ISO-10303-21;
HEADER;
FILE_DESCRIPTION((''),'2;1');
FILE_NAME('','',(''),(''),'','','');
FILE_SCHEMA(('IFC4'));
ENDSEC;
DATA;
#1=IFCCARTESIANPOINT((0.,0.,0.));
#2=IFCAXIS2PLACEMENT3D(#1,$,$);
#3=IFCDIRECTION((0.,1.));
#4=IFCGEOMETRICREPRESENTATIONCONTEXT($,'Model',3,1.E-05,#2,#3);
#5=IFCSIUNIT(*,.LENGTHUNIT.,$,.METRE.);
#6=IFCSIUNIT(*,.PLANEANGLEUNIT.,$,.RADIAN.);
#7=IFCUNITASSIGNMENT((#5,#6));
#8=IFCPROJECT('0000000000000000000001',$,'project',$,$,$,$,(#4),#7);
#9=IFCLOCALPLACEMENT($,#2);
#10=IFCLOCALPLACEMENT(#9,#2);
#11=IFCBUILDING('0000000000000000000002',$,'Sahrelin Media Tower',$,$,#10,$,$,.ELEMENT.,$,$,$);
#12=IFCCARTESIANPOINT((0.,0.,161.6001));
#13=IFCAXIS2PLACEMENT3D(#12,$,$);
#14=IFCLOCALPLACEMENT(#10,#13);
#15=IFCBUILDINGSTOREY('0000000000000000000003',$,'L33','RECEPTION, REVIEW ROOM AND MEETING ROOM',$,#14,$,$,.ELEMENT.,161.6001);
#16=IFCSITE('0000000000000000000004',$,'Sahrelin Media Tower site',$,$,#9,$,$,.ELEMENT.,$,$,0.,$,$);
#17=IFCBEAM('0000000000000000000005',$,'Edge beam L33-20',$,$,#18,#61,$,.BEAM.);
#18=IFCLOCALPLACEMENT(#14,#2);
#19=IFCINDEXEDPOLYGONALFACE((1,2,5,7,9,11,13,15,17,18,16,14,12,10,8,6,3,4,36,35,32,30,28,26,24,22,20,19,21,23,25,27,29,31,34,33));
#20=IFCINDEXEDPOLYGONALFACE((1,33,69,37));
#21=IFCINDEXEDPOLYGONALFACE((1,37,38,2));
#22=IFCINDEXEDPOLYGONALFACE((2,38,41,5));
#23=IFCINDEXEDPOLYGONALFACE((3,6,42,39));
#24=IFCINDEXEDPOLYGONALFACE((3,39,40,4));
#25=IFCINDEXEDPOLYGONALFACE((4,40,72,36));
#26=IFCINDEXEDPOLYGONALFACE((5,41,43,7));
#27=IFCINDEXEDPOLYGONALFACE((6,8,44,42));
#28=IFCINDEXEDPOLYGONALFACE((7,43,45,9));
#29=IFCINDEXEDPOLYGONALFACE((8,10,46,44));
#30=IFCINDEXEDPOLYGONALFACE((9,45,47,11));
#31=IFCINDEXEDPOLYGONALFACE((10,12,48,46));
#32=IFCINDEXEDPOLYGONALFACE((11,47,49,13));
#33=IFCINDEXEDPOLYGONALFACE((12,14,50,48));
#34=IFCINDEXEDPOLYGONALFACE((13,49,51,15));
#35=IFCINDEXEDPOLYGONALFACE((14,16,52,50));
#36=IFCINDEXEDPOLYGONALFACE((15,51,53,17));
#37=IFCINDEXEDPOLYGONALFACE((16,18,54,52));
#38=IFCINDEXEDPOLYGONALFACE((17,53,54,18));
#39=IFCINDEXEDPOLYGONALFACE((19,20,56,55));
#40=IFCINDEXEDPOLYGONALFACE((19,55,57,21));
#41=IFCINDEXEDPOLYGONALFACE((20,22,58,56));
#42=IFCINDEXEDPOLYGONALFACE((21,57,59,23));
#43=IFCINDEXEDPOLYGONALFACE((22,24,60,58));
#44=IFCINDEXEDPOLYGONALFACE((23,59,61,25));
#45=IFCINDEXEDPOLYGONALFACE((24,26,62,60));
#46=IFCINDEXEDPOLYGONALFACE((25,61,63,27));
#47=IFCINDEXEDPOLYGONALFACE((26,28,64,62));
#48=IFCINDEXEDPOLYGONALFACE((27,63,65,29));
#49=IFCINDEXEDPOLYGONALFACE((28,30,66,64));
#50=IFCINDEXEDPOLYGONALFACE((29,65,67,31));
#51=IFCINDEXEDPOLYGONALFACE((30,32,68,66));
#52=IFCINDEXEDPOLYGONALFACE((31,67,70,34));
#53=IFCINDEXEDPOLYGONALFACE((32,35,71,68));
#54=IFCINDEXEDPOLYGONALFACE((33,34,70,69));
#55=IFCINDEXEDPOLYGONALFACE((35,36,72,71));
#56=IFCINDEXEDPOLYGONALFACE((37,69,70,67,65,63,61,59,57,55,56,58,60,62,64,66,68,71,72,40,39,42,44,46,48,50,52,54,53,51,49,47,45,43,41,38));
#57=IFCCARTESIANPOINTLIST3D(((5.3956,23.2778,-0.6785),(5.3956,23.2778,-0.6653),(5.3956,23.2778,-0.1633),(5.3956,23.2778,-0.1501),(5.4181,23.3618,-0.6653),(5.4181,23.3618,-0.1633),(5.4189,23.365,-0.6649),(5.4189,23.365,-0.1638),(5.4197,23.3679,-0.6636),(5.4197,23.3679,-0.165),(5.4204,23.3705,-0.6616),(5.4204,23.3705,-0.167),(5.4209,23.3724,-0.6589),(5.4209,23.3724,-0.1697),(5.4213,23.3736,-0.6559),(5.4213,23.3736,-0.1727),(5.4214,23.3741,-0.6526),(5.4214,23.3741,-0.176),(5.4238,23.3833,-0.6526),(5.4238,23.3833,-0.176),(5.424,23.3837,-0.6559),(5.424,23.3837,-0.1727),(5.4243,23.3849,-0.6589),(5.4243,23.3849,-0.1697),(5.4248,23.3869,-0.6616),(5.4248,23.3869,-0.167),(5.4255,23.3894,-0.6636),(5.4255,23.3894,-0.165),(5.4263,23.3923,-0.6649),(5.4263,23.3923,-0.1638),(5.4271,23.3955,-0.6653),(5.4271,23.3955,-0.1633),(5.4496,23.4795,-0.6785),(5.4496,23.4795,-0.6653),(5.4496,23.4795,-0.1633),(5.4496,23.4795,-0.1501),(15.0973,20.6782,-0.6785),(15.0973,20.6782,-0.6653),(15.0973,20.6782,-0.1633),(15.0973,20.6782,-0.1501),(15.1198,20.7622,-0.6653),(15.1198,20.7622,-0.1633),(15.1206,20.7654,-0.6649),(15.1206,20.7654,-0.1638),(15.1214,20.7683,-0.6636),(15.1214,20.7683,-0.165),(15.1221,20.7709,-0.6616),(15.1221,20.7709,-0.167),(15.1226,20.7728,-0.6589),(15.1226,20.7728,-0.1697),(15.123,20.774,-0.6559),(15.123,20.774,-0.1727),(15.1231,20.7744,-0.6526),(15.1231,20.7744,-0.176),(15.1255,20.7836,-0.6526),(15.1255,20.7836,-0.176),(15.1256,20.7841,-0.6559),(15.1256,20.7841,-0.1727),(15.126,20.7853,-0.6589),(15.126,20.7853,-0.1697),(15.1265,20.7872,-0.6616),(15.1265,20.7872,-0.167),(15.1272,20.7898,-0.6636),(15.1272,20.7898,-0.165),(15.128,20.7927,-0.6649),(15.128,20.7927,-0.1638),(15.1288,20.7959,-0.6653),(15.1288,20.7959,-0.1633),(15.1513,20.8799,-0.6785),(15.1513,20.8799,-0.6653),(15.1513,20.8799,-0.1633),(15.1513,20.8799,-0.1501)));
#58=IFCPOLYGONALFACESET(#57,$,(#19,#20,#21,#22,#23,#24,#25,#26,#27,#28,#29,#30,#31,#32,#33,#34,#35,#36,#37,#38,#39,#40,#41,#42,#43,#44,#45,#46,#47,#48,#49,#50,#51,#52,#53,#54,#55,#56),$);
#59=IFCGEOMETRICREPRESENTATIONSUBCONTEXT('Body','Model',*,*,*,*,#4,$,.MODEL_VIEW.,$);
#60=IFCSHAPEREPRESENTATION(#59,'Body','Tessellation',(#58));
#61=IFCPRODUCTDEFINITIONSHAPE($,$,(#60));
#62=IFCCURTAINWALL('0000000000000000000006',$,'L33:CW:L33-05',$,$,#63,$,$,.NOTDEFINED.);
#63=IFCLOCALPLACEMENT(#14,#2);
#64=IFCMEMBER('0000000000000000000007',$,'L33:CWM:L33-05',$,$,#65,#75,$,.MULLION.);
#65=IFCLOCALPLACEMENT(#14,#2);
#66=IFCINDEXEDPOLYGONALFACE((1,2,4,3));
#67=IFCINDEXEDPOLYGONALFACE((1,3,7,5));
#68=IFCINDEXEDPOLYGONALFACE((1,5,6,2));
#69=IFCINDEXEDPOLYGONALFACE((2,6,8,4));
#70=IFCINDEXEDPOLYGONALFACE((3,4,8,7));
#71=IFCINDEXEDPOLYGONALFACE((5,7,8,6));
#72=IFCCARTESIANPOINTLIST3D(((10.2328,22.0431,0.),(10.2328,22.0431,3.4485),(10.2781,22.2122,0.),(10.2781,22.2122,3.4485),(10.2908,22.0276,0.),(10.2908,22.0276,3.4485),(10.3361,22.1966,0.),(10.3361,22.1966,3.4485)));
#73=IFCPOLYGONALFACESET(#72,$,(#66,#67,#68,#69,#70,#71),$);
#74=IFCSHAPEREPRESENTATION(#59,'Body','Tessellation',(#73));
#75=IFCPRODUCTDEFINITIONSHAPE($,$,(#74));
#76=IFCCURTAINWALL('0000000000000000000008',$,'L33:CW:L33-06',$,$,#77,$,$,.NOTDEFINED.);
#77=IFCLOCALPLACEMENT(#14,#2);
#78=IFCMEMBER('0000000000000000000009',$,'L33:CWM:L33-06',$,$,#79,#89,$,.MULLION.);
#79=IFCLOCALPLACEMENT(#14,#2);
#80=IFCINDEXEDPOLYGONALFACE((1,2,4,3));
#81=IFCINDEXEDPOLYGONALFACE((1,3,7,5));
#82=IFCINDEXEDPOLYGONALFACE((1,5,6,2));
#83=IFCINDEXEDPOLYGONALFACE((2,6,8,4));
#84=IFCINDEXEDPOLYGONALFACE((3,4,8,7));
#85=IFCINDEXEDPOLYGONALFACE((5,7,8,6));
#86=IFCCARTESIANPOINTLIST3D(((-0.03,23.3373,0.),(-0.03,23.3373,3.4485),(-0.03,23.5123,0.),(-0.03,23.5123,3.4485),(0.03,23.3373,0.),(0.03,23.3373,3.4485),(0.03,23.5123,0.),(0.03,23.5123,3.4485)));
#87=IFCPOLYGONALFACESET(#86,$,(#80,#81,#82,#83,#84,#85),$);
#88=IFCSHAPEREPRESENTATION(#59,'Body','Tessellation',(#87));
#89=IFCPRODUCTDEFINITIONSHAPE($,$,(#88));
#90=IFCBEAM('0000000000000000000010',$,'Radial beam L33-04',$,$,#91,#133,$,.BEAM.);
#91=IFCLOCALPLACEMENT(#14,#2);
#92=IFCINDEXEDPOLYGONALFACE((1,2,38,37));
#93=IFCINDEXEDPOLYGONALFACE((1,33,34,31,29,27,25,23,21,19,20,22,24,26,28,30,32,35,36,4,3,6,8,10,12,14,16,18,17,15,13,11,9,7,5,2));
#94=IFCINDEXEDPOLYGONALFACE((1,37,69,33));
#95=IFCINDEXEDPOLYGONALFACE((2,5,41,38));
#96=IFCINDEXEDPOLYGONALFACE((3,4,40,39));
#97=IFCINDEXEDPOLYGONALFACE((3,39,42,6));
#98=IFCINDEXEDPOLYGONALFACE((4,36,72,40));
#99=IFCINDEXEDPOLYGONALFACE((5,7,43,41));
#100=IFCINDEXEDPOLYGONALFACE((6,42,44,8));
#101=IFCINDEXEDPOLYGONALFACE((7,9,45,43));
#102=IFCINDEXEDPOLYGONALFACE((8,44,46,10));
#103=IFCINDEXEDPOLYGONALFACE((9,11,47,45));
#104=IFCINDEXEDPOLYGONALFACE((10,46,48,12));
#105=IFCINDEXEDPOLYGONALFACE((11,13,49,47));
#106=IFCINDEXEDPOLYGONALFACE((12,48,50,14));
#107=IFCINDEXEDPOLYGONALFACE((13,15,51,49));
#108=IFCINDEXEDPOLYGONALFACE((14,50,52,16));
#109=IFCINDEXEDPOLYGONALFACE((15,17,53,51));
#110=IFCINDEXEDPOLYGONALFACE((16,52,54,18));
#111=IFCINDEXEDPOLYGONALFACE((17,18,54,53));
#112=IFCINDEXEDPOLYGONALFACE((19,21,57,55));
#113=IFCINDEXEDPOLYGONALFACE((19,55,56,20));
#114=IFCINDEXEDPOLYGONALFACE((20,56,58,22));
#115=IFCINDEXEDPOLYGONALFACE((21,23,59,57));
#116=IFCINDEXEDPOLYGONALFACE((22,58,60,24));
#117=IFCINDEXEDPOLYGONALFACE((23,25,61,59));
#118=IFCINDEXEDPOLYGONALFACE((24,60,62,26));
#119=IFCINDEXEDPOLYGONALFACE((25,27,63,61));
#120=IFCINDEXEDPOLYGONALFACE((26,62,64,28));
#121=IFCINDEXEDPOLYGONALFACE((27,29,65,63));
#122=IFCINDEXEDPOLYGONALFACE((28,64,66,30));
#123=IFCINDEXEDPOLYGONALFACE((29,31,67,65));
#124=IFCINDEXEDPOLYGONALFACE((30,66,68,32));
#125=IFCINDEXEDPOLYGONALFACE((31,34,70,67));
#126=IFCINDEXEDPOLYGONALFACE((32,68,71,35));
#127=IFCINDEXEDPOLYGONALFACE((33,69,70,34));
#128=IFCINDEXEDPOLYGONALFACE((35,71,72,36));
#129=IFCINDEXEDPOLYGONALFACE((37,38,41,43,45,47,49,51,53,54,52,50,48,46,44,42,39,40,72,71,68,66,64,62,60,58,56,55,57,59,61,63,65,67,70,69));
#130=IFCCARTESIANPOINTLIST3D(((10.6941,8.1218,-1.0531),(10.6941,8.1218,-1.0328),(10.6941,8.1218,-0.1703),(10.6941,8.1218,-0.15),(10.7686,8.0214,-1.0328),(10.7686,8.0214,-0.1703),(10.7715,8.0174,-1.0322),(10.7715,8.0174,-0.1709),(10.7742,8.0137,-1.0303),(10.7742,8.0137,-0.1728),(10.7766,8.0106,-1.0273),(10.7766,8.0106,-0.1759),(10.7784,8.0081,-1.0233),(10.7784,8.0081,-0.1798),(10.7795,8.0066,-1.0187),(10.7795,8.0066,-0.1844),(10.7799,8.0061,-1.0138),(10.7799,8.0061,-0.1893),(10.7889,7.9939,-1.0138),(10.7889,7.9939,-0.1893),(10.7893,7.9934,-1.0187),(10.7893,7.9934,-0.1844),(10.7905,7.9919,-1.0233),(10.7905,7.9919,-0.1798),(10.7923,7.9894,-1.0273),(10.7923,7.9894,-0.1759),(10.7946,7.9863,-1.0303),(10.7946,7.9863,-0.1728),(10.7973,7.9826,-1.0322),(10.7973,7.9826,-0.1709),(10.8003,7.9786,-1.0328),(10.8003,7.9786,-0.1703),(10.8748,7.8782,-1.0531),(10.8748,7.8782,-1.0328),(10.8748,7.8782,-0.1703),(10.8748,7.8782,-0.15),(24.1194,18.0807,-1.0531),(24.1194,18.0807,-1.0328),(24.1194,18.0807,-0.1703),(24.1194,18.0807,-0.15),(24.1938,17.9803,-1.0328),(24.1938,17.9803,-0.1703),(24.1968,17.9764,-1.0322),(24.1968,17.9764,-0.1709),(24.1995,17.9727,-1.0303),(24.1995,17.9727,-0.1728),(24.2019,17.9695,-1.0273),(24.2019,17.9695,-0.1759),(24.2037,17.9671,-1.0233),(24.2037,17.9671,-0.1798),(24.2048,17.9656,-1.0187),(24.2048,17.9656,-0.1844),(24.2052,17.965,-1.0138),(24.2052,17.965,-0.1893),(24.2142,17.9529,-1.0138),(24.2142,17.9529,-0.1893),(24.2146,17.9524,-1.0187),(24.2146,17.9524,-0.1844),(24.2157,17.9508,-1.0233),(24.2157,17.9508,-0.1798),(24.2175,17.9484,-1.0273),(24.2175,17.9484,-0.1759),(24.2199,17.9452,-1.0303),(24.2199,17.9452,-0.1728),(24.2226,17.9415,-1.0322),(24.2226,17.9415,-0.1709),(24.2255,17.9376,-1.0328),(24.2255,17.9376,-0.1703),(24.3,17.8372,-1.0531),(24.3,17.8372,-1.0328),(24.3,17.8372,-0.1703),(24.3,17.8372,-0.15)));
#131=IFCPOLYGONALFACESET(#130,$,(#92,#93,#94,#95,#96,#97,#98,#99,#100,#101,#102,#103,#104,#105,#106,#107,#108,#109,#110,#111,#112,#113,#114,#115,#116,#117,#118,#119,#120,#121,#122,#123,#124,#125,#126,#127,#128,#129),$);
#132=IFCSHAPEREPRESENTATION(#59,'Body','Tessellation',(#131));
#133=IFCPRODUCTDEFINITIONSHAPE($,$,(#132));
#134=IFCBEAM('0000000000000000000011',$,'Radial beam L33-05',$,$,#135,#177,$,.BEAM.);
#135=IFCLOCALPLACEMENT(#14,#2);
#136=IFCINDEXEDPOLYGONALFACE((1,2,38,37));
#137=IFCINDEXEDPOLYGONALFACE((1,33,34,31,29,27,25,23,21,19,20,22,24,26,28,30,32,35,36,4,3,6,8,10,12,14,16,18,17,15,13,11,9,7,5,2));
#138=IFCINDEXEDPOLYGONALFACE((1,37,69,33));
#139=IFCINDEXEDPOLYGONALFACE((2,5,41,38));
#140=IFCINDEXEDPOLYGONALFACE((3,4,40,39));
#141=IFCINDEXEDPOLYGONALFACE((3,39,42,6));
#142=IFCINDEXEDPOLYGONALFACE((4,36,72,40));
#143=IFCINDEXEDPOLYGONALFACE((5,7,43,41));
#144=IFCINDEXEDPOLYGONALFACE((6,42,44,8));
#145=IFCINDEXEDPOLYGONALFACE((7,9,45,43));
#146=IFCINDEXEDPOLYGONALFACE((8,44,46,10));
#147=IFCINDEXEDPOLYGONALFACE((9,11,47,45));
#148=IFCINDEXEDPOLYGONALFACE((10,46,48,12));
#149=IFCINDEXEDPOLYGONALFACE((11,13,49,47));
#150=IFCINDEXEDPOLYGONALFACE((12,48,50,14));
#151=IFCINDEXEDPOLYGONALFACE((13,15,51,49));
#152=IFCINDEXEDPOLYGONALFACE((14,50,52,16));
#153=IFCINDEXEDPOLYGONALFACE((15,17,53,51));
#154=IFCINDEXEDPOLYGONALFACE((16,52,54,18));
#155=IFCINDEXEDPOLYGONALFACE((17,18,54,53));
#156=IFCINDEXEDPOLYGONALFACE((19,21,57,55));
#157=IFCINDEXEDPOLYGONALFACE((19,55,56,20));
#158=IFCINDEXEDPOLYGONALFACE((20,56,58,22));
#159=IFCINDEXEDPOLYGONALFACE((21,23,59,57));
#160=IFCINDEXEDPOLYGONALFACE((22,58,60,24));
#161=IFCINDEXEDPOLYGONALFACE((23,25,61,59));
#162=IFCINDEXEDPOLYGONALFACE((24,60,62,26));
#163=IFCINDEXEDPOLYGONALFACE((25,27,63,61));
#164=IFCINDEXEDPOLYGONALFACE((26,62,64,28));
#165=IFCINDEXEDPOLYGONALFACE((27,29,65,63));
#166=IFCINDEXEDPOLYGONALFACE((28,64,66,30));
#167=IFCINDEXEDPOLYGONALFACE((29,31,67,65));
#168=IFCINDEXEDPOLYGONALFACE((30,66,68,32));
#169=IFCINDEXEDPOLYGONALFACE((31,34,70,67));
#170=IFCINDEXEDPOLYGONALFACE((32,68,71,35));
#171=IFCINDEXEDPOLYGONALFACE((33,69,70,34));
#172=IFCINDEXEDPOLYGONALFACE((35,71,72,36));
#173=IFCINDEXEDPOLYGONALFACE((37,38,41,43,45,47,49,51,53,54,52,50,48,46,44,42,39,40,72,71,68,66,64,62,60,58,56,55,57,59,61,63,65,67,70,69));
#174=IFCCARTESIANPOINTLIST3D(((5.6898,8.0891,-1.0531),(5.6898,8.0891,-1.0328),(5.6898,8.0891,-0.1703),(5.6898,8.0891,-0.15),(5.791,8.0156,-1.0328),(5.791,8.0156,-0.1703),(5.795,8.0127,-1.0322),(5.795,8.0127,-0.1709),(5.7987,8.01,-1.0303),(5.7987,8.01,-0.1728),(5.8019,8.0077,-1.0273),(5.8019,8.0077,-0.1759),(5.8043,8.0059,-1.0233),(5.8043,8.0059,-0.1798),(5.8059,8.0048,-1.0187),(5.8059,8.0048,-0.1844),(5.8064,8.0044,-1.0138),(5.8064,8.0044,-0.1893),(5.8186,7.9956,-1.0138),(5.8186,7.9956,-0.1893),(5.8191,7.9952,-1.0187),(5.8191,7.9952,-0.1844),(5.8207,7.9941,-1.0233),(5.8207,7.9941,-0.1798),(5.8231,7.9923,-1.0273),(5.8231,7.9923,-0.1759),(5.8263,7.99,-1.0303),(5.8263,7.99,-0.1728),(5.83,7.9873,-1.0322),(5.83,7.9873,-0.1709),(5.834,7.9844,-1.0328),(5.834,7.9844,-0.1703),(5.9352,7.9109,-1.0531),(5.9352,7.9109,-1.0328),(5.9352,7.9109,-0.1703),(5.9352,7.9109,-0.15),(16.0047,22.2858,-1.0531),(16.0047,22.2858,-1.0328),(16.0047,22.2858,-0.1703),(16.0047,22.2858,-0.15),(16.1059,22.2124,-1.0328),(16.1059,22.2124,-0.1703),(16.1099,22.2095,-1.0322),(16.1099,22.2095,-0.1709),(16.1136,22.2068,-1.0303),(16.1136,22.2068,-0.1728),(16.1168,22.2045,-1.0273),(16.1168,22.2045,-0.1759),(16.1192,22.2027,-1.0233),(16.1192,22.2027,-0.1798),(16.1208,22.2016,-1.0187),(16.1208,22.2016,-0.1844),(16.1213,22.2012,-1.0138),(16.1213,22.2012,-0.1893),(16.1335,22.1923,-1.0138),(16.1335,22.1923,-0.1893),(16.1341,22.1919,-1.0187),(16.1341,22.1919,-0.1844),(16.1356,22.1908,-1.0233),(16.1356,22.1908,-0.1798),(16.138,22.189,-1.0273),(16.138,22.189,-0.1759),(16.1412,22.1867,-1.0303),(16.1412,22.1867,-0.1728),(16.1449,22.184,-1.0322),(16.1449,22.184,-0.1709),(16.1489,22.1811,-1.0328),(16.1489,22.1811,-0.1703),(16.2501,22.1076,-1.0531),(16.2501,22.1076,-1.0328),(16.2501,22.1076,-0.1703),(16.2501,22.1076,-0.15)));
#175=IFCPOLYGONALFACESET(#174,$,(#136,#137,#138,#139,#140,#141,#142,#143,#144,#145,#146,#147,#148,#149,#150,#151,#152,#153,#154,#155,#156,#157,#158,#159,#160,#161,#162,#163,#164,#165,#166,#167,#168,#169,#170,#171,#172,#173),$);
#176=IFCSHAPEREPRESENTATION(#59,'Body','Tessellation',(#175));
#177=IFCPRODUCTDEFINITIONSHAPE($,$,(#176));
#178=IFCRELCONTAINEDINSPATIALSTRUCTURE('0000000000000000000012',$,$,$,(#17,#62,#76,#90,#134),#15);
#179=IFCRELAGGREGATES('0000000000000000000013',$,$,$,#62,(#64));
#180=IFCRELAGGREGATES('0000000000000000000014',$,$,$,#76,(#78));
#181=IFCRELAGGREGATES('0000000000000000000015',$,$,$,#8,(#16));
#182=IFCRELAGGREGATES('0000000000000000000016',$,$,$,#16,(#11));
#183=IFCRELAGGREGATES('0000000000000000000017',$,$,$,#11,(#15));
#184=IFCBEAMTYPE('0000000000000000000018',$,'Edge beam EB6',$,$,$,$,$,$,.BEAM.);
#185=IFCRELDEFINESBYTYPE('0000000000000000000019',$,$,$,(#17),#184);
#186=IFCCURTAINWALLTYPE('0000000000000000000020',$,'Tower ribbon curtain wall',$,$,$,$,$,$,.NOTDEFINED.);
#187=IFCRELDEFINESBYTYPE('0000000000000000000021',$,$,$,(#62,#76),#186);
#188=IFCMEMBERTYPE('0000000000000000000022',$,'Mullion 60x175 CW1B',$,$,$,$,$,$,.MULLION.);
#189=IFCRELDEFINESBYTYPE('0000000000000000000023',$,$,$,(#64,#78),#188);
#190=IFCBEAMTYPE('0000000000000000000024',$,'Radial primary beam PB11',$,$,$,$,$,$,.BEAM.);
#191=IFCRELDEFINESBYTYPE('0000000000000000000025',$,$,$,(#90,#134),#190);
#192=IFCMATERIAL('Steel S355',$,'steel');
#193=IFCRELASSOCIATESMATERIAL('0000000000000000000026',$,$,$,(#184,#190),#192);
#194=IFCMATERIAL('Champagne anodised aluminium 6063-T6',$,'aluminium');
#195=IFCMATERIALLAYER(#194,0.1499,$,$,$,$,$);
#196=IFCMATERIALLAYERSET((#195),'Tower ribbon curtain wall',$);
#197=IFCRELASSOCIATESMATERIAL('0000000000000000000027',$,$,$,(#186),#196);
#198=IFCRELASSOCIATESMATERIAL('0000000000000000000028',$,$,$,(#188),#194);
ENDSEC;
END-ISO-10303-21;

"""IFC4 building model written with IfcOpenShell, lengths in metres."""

from ifc_helpers import new_model, si_unit, direction, frame, origin, origin_2d, place, context, subcontext, project, spatial, rectangle, i_section, extrude, material, layer, layer_set, material_profile, profile_set, type_object, element, aggregate, save


model = new_model("IFC4")

# Units and contexts
model_context = context("Model", 3, precision=1e-05, world=origin(), true_north=direction((0.0, 1.0)))
body_context = subcontext(model_context, "Body", "Model", "MODEL_VIEW")
ifc_project = project(units=[si_unit("LENGTHUNIT", "METRE"), si_unit("PLANEANGLEUNIT", "RADIAN")], contexts=[model_context])

# Site, building, storey
site_placement = place(None, origin())
site = spatial("IfcSite", under=ifc_project, at=site_placement, Name="Sahrelin Media Tower site", CompositionType="ELEMENT", RefElevation=0.0)
building_placement = place(site_placement, origin())
building = spatial("IfcBuilding", under=site, at=building_placement, Name="Sahrelin Media Tower", CompositionType="ELEMENT")
storey_placement = place(building_placement, frame((0.0, 0.0, 161.6001)))
storey = spatial("IfcBuildingStorey", under=building, at=storey_placement, Name="L33", Description="RECEPTION, REVIEW ROOM AND MEETING ROOM", CompositionType="ELEMENT", Elevation=161.6001)

# Beam
ifc_material_1 = material(Name="Steel S355", Category="steel")
ifc_material_profile_1 = material_profile(ifc_material_1, i_section(OverallWidth=0.2087, OverallDepth=0.5283, WebThickness=0.0095, FlangeThickness=0.0132, FilletRadius=0.0127, at=origin_2d()), Name="UB 533x210x82")
ifc_profile_set_1 = profile_set([ifc_material_profile_1], Name="Steel S355")
beam_type_1 = type_object("IfcBeamType", Name="Edge beam EB6", PredefinedType="BEAM", material=ifc_profile_set_1)
beam_1_placement = place(storey_placement, frame((5.4226, 23.3787, -0.4143), z_axis=(0.965924, -0.258824, 0.0), x_axis=(0.258824, 0.965924, 0.0)))
element("IfcBeam", 1, at=beam_1_placement, inside=storey, type_object=beam_type_1, Name="Edge beam L33-20", PredefinedType="BEAM", context=body_context, shape_type="SweptSolid", body=[
    extrude(i_section(OverallWidth=0.2087, OverallDepth=0.5283, WebThickness=0.0095, FlangeThickness=0.0132, FilletRadius=0.0127, at=origin_2d()), origin(), (0.0, 0.0, 1.0), 10.0439),
])

# Curtain walls, members
ifc_material_2 = material(Name="Champagne anodised aluminium 6063-T6", Category="aluminium")
ifc_layer_1 = layer(ifc_material_2, 0.1499)
ifc_layer_set_1 = layer_set([ifc_layer_1], Name="Tower ribbon curtain wall")
curtain_wall_type = type_object("IfcCurtainWallType", Name="Tower ribbon curtain wall", PredefinedType="NOTDEFINED", material=ifc_layer_set_1)
curtain_wall_1_placement = place(storey_placement, frame((10.3123, 22.2236, 0.0), z_axis=(0.0, 0.0, 1.0), x_axis=(1.0, 0.0, 0.0)))
curtain_wall_1 = element("IfcCurtainWall", 2, at=curtain_wall_1_placement, inside=storey, type_object=curtain_wall_type, Name="L33:CW:L33-05", PredefinedType="NOTDEFINED")
ifc_material_profile_2 = material_profile(ifc_material_2, rectangle(XDim=0.0601, YDim=0.175, at=origin_2d()), Name="Mullion 60x175")
ifc_profile_set_2 = profile_set([ifc_material_profile_2], Name="Champagne anodised aluminium 6063-T6")
member_type_1 = type_object("IfcMemberType", Name="Mullion 60x175 CW1B", PredefinedType="MULLION", material=ifc_profile_set_2)
member_1_placement = place(storey_placement, frame((10.2844, 22.1199, 0.0), z_axis=(0.0, 0.0, 1.0), x_axis=(-0.965927, 0.258816, 0.0)))
member_1 = element("IfcMember", 3, at=member_1_placement, type_object=member_type_1, Name="L33:CWM:L33-05", PredefinedType="MULLION", context=body_context, shape_type="SweptSolid", body=[
    extrude(rectangle(XDim=0.0601, YDim=0.175, at=origin_2d()), origin(), (0.0, 0.0, 1.0), 3.4485),
])
aggregate(curtain_wall_1, [member_1])
placement_1 = place(storey_placement, frame((0.0, 23.5325, 0.0), z_axis=(0.0, 0.0, 1.0), x_axis=(1.0, 0.0, 0.0)))
curtain_wall_2 = element("IfcCurtainWall", 4, at=placement_1, inside=storey, type_object=curtain_wall_type, Name="L33:CW:L33-06", PredefinedType="NOTDEFINED")
member_2_placement = place(storey_placement, frame((0.0, 23.4248, 0.0), z_axis=(0.0, 0.0, 1.0), x_axis=(-1.0, 0.0, 0.0)))
member_2 = element("IfcMember", 5, at=member_2_placement, type_object=member_type_1, Name="L33:CWM:L33-06", PredefinedType="MULLION", context=body_context, shape_type="SweptSolid", body=[
    extrude(rectangle(XDim=0.0601, YDim=0.175, at=origin_2d()), origin(), (0.0, 0.0, 1.0), 3.4485),
])

# Beams
ifc_material_profile_3 = material_profile(ifc_material_1, i_section(OverallWidth=0.3032, OverallDepth=0.9031, WebThickness=0.0151, FlangeThickness=0.0203, FilletRadius=0.019, at=origin_2d()), Name="UB 914x305x201")
ifc_profile_set_3 = profile_set([ifc_material_profile_3], Name="Steel S355")
beam_type_2 = type_object("IfcBeamType", Name="Radial primary beam PB11", PredefinedType="BEAM", material=ifc_profile_set_3)
beam_2_placement = place(storey_placement, frame((10.7844, 8.0, -0.6016), z_axis=(0.803147, 0.595781, 0.0), x_axis=(-0.595781, 0.803147, 0.0)))
element("IfcBeam", 6, at=beam_2_placement, inside=storey, type_object=beam_type_2, Name="Radial beam L33-04", PredefinedType="BEAM", context=body_context, shape_type="SweptSolid", body=[
    extrude(i_section(OverallWidth=0.3032, OverallDepth=0.9031, WebThickness=0.0151, FlangeThickness=0.0203, FilletRadius=0.019, at=origin_2d()), origin(), (0.0, 0.0, 1.0), 16.7158),
])
beam_3_placement = place(storey_placement, frame((5.8125, 8.0, -0.6016), z_axis=(0.587799, 0.809007, 0.0), x_axis=(-0.809007, 0.587799, 0.0)))
element("IfcBeam", 7, at=beam_3_placement, inside=storey, type_object=beam_type_2, Name="Radial beam L33-05", PredefinedType="BEAM", context=body_context, shape_type="SweptSolid", body=[
    extrude(i_section(OverallWidth=0.3032, OverallDepth=0.9031, WebThickness=0.0151, FlangeThickness=0.0203, FilletRadius=0.019, at=origin_2d()), origin(), (0.0, 0.0, 1.0), 17.5483),
])

aggregate(curtain_wall_2, [member_2])

save(model, "model.ifc")
